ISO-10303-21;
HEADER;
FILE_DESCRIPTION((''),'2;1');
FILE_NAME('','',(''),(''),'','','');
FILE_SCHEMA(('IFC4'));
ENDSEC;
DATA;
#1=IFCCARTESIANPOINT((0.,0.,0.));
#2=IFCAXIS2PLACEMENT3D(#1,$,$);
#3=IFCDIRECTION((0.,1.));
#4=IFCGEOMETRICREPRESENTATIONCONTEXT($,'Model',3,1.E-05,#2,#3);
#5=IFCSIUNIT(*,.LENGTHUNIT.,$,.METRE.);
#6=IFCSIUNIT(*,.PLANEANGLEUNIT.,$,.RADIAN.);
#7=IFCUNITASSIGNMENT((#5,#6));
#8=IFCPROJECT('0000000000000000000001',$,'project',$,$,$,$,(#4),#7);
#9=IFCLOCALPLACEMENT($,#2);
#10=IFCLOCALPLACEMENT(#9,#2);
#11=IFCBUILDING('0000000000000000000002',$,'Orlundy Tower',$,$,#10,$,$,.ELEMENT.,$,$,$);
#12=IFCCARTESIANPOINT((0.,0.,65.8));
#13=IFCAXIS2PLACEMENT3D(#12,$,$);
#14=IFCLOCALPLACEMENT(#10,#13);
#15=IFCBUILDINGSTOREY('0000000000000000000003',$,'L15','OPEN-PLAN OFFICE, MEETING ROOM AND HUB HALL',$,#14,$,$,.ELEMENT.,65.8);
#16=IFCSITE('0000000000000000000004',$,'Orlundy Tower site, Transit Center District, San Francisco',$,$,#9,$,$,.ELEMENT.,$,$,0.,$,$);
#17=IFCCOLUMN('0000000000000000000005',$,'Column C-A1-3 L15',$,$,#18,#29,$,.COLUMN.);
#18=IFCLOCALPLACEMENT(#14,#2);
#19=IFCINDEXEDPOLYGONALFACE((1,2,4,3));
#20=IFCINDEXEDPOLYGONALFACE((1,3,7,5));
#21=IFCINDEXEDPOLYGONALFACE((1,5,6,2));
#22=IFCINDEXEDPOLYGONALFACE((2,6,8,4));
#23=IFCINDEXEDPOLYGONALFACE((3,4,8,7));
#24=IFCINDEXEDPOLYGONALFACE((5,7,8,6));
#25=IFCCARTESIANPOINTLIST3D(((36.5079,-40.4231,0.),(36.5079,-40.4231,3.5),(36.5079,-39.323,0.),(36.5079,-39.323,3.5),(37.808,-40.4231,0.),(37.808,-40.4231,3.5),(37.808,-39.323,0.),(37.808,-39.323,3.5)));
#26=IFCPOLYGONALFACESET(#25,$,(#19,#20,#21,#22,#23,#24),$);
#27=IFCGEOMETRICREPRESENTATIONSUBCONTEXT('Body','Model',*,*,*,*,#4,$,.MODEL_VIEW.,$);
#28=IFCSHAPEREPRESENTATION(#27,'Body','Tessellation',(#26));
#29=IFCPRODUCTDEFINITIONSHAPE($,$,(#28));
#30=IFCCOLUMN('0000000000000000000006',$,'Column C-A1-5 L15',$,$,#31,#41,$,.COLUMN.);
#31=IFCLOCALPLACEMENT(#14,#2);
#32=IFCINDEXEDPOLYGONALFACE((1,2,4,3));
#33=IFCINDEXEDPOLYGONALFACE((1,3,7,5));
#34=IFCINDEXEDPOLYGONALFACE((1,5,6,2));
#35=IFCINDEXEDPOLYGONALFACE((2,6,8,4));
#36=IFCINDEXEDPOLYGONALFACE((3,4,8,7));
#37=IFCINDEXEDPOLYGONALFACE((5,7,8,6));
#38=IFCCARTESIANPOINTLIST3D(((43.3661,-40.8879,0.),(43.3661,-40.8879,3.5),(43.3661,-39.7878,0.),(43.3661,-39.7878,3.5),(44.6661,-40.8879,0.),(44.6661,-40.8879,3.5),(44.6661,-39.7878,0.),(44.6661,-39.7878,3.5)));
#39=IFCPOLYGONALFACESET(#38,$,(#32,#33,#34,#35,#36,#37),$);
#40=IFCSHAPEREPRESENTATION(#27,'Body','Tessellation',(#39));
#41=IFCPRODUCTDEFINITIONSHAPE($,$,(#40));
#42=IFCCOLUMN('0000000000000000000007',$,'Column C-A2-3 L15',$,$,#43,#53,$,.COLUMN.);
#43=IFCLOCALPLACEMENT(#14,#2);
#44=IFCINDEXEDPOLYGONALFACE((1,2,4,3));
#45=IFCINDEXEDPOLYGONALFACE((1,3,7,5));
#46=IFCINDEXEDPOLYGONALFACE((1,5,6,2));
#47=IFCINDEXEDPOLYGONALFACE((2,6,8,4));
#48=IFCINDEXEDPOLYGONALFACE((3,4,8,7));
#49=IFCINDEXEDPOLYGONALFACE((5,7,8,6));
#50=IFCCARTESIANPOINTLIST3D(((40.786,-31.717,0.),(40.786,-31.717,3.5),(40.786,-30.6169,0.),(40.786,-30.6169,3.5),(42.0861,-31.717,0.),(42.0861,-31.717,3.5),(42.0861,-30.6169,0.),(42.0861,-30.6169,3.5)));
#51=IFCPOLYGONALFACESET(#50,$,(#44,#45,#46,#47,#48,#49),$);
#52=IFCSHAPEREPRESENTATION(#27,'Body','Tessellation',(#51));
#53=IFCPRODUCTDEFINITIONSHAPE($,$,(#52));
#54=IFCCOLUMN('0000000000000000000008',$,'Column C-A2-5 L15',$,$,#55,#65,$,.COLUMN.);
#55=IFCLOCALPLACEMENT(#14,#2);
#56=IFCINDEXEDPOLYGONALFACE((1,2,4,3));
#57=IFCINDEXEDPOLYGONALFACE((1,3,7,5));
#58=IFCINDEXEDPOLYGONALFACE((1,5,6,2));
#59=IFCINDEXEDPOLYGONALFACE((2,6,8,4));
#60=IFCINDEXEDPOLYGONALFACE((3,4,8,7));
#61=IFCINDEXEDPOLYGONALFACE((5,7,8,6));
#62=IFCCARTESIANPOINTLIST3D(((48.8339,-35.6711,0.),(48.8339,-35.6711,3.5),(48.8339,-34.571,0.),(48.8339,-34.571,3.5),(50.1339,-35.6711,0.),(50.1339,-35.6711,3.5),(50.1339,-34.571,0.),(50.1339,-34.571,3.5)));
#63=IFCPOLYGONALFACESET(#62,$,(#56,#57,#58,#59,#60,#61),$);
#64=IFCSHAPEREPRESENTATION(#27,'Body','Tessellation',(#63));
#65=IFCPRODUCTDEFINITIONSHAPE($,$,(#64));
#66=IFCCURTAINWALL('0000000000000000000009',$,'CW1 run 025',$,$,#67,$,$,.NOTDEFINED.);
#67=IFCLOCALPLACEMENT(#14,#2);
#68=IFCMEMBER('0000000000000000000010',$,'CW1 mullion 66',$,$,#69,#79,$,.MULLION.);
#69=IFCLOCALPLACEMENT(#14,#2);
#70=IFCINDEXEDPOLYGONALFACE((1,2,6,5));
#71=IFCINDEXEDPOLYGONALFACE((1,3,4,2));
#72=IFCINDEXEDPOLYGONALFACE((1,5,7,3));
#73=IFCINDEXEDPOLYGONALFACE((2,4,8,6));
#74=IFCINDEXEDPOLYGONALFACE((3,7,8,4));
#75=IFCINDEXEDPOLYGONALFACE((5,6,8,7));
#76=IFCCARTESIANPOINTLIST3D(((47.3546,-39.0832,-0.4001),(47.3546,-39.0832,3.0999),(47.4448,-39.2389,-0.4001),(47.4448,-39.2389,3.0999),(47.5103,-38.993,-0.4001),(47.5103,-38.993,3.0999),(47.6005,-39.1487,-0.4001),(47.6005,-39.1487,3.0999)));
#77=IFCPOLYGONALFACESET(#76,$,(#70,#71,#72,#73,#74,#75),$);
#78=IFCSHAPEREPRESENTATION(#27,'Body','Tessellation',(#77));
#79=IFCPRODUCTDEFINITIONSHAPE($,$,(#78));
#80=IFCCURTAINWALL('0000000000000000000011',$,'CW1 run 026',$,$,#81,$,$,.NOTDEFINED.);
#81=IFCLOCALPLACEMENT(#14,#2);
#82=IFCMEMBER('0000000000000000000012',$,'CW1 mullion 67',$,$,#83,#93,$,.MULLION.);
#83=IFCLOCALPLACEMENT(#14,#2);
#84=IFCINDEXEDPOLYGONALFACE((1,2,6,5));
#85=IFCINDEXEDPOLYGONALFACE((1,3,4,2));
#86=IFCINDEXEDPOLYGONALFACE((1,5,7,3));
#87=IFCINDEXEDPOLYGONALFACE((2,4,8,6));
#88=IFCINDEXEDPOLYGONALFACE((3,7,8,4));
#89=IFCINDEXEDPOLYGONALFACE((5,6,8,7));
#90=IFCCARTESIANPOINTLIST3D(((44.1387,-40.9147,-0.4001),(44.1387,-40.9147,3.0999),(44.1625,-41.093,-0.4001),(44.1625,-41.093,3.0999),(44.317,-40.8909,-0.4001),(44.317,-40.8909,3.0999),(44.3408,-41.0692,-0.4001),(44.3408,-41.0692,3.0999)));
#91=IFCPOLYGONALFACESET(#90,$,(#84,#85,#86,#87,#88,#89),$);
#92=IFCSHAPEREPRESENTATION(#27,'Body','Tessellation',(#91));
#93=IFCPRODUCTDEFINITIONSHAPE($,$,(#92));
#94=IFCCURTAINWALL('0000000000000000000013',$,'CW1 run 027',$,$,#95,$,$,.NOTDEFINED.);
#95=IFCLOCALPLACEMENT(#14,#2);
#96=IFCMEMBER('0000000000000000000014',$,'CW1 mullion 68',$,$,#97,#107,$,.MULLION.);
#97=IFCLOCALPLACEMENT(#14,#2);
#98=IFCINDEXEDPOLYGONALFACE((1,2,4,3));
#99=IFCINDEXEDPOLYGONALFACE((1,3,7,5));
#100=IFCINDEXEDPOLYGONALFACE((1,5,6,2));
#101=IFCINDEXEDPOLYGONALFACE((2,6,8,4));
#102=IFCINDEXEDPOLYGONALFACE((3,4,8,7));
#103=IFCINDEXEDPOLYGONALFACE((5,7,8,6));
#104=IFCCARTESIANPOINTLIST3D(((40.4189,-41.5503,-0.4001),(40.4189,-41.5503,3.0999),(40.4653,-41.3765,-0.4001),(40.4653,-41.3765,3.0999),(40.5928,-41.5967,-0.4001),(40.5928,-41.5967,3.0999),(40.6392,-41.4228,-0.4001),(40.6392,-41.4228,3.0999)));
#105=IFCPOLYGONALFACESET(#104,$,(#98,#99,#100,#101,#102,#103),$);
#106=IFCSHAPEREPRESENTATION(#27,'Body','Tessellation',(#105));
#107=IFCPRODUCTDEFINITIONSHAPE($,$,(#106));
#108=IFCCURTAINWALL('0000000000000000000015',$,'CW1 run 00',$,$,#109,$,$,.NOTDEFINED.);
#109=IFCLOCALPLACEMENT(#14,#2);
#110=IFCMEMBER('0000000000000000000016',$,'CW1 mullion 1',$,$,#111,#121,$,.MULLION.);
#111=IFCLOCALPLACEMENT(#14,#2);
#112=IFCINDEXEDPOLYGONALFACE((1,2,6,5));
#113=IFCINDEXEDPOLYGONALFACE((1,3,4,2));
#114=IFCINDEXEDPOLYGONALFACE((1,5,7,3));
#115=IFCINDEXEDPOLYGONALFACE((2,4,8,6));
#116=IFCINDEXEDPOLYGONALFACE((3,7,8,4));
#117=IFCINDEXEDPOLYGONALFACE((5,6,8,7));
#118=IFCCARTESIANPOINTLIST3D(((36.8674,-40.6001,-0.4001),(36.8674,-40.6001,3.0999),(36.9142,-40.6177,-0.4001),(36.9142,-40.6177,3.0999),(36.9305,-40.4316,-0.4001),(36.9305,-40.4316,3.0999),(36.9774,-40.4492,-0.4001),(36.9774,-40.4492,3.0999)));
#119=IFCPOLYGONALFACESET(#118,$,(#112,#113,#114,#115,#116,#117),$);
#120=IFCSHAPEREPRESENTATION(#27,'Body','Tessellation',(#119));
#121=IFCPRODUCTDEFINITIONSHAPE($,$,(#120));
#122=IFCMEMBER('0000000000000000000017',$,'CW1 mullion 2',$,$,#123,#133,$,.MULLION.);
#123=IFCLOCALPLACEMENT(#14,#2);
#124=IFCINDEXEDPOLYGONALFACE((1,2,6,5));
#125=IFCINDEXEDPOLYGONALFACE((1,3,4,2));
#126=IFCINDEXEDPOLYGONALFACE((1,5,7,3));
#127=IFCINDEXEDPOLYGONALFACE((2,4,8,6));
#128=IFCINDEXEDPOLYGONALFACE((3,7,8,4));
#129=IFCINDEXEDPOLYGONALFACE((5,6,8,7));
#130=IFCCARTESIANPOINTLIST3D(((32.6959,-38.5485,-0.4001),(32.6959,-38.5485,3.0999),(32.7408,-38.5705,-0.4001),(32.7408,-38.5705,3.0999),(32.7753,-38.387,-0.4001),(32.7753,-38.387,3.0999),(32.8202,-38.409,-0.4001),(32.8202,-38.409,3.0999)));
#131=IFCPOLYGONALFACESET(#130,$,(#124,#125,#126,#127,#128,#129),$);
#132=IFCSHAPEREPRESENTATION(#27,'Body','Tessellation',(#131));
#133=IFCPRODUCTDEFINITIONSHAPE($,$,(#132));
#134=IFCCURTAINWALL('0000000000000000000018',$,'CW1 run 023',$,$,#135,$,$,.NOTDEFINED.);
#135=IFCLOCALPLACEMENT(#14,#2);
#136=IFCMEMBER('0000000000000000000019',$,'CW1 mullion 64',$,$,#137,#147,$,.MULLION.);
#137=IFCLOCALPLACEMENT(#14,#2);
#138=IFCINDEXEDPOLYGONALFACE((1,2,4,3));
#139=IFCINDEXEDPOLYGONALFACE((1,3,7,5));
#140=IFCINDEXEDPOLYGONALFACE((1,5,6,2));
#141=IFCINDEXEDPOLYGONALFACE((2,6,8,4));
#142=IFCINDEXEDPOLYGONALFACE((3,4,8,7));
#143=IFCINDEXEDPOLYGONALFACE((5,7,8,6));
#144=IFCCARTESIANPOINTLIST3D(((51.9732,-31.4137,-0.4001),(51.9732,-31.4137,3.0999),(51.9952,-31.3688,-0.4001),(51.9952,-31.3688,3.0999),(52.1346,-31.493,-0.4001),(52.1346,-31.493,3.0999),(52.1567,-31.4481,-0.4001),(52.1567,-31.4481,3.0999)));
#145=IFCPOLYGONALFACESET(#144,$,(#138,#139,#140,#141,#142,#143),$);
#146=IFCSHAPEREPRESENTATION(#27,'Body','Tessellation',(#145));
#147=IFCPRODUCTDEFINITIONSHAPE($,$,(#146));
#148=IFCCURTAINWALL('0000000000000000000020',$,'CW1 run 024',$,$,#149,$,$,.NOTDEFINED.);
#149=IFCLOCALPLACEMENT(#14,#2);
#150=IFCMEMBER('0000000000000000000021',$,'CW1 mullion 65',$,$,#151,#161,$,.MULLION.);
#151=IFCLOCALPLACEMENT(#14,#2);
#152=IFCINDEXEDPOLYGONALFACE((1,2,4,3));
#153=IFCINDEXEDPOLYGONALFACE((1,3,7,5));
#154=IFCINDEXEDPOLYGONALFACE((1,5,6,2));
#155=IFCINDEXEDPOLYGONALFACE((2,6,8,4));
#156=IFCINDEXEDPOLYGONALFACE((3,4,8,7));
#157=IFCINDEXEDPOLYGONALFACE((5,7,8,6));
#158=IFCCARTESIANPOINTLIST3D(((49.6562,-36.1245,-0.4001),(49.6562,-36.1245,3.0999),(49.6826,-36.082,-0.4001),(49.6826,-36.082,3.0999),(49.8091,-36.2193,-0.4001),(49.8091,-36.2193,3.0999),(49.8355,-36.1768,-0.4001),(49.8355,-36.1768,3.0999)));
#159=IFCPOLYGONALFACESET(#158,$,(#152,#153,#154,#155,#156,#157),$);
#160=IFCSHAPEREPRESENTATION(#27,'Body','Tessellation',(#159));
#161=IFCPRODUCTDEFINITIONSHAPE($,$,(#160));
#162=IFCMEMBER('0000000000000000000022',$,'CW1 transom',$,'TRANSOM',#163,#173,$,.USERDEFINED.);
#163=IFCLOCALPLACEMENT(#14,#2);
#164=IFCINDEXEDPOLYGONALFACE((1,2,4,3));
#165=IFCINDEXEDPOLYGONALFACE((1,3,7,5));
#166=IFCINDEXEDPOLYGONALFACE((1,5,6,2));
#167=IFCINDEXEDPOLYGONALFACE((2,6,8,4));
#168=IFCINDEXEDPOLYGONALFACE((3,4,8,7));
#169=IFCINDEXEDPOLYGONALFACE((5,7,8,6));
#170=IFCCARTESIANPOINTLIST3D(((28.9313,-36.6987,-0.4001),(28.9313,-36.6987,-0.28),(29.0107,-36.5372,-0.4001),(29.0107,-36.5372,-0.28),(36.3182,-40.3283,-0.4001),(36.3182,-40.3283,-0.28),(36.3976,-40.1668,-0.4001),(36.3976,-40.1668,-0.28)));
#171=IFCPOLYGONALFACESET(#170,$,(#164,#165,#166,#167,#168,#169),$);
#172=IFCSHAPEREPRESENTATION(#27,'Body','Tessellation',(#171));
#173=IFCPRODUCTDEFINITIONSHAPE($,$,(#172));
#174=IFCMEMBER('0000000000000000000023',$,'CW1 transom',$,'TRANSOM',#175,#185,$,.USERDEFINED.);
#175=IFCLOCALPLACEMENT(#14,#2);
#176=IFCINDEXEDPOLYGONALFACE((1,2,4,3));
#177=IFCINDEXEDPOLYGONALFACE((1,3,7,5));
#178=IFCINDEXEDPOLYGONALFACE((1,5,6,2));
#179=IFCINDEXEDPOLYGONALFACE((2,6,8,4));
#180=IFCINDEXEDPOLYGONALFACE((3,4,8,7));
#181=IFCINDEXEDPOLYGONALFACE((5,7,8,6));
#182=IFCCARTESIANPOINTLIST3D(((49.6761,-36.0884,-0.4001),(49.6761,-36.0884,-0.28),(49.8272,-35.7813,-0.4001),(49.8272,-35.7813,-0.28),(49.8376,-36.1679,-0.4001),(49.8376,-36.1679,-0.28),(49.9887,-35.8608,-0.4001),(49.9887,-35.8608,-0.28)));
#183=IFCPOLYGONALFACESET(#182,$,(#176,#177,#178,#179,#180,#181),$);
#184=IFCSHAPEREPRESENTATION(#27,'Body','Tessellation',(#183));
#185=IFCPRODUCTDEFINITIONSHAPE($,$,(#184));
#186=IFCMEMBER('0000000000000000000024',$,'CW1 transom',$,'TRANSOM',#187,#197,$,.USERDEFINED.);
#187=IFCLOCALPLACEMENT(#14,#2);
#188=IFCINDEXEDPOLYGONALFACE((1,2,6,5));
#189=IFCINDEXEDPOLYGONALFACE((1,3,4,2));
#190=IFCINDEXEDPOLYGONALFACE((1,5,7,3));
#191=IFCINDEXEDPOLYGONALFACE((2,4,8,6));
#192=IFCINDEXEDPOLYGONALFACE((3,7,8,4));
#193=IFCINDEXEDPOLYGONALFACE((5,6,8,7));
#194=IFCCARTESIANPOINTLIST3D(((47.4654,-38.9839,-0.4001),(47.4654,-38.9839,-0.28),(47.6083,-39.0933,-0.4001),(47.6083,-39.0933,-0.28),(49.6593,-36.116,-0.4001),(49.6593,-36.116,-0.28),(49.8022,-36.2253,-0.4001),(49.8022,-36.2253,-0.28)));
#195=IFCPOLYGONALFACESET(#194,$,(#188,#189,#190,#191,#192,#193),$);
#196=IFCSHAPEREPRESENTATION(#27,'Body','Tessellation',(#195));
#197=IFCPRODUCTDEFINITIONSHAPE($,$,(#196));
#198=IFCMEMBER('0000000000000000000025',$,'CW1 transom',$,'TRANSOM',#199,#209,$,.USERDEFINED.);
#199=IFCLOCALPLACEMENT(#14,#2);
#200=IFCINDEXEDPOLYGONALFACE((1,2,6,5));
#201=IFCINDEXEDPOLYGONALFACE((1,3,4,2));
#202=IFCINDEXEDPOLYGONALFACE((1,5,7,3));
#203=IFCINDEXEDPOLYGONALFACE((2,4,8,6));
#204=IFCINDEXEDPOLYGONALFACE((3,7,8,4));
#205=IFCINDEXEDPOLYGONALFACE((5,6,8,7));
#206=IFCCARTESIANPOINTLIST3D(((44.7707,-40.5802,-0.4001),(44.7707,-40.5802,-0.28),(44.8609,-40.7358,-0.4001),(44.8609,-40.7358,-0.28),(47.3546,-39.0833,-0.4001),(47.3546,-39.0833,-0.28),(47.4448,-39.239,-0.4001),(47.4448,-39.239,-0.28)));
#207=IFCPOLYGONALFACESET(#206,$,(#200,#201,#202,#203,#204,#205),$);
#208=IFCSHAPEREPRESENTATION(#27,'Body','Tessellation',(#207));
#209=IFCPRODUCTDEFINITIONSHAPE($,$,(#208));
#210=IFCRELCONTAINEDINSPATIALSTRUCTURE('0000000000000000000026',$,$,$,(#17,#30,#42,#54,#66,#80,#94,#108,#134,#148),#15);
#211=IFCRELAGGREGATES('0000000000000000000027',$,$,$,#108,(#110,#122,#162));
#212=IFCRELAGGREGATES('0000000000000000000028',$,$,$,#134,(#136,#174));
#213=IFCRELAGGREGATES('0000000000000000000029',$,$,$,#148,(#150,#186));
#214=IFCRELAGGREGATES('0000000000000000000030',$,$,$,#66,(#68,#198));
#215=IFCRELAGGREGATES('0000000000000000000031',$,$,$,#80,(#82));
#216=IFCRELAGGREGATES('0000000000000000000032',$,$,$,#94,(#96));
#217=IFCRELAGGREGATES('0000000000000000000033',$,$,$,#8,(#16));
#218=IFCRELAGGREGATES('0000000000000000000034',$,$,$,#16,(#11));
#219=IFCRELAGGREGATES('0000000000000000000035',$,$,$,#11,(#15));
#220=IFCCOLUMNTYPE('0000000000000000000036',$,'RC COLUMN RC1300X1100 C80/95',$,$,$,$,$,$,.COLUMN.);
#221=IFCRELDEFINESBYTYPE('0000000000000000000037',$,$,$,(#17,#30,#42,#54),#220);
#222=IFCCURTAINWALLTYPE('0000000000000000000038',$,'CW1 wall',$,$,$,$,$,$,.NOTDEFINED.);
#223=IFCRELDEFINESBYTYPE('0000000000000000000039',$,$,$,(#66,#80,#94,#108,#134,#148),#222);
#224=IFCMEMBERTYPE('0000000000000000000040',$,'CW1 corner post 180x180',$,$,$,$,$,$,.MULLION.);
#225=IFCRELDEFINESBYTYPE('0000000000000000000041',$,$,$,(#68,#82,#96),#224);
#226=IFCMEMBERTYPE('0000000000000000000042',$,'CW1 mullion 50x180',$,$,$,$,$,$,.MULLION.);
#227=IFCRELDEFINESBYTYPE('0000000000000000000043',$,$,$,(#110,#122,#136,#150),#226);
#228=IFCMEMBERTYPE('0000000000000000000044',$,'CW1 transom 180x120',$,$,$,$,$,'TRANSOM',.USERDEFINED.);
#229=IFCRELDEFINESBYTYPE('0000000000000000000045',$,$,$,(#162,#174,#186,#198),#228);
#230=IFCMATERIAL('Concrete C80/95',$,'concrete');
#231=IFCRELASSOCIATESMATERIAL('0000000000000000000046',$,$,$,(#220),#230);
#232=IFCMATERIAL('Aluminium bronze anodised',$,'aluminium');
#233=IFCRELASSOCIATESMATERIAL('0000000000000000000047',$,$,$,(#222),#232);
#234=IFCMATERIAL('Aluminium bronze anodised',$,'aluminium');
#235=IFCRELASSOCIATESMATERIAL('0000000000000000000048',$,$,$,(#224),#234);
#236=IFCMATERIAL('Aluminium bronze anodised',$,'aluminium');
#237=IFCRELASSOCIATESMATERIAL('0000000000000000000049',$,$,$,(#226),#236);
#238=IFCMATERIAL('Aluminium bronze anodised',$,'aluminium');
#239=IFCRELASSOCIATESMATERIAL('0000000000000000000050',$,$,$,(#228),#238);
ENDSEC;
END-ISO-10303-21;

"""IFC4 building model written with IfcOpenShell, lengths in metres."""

from ifc_helpers import new_model, si_unit, direction, frame, origin, origin_2d, place, context, subcontext, project, spatial, rectangle, extrude, material, material_profile, profile_set, type_object, element, aggregate, save


model = new_model("IFC4")

# Units and contexts
model_context = context("Model", 3, precision=1e-05, world=origin(), true_north=direction((0.0, 1.0)))
body_context = subcontext(model_context, "Body", "Model", "MODEL_VIEW")
ifc_project = project(units=[si_unit("LENGTHUNIT", "METRE"), si_unit("PLANEANGLEUNIT", "RADIAN")], contexts=[model_context])

# Site, building, storey
site_placement = place(None, origin())
site = spatial("IfcSite", under=ifc_project, at=site_placement, Name="Orlundy Tower site, Transit Center District, San Francisco", CompositionType="ELEMENT", RefElevation=0.0)
building_placement = place(site_placement, origin())
building = spatial("IfcBuilding", under=site, at=building_placement, Name="Orlundy Tower", CompositionType="ELEMENT")
storey_placement = place(building_placement, frame((0.0, 0.0, 65.8)))
storey = spatial("IfcBuildingStorey", under=building, at=storey_placement, Name="L15", Description="OPEN-PLAN OFFICE, MEETING ROOM AND HUB HALL", CompositionType="ELEMENT", Elevation=65.8)

# Columns
ifc_material_1 = material(Name="Concrete C80/95", Category="concrete")
ifc_material_profile_1 = material_profile(ifc_material_1, rectangle(XDim=1.3, YDim=1.1001, at=origin_2d()), Name="RC1300X1100")
ifc_profile_set_1 = profile_set([ifc_material_profile_1], Name="Concrete C80/95")
column_type = type_object("IfcColumnType", Name="RC COLUMN RC1300X1100 C80/95", PredefinedType="COLUMN", material=ifc_profile_set_1)
for number, where, z_axis, x_axis, name in (
    (1, (37.158, -39.873, 0.0), (0.0, 0.0, 1.0), (1.0, 0.0, 0.0), "Column C-A1-3 L15"),
    (2, (44.0161, -40.3379, 0.0), (0.0, 0.0, 1.0), (1.0, 0.0, 0.0), "Column C-A1-5 L15"),
    (3, (41.436, -31.167, 0.0), (0.0, 0.0, 1.0), (1.0, 0.0, 0.0), "Column C-A2-3 L15"),
    (4, (49.4839, -35.1211, 0.0), (0.0, 0.0, 1.0), (1.0, 0.0, 0.0), "Column C-A2-5 L15"),
):
    element("IfcColumn", number, at=place(storey_placement, frame(where, z_axis=z_axis, x_axis=x_axis)), inside=storey, type_object=column_type, Name=name, PredefinedType="COLUMN", context=body_context, shape_type="SweptSolid", body=[
        extrude(rectangle(XDim=1.3, YDim=1.1001, at=origin_2d()), origin(), (0.0, 0.0, 1.0), 3.5),
    ])

# Curtain walls, members
ifc_material_2 = material(Name="Aluminium bronze anodised", Category="aluminium")
curtain_wall_type = type_object("IfcCurtainWallType", Name="CW1 wall", PredefinedType="NOTDEFINED", material=ifc_material_2)
curtain_wall_1_placement = place(storey_placement, origin())
curtain_wall_1 = element("IfcCurtainWall", 5, at=curtain_wall_1_placement, inside=storey, type_object=curtain_wall_type, Name="CW1 run 025", PredefinedType="NOTDEFINED")
ifc_material_3 = material(Name="Aluminium bronze anodised", Category="aluminium")
ifc_material_profile_2 = material_profile(ifc_material_3, rectangle(XDim=0.1799, YDim=0.1799, at=origin_2d()), Name="CW1 corner post 180x180")
ifc_profile_set_2 = profile_set([ifc_material_profile_2], Name="Aluminium bronze anodised")
member_type_1 = type_object("IfcMemberType", Name="CW1 corner post 180x180", PredefinedType="MULLION", material=ifc_profile_set_2)
member_1_placement = place(storey_placement, frame((47.4775, -39.116, -0.4001), z_axis=(0.0, 0.0, 1.0), x_axis=(0.501302, -0.865272, 0.0)))
member_1 = element("IfcMember", 6, at=member_1_placement, type_object=member_type_1, Name="CW1 mullion 66", PredefinedType="MULLION", context=body_context, shape_type="SweptSolid", body=[
    extrude(rectangle(XDim=0.1799, YDim=0.1799, at=origin_2d()), origin(), (0.0, 0.0, 1.0), 3.5),
])
curtain_wall_2_placement = place(storey_placement, origin())
curtain_wall_2 = element("IfcCurtainWall", 7, at=curtain_wall_2_placement, inside=storey, type_object=curtain_wall_type, Name="CW1 run 026", PredefinedType="NOTDEFINED")
member_2_placement = place(storey_placement, frame((44.2397, -40.9919, -0.4001), z_axis=(0.0, 0.0, 1.0), x_axis=(0.132164, -0.991228, 0.0)))
member_2 = element("IfcMember", 8, at=member_2_placement, type_object=member_type_1, Name="CW1 mullion 67", PredefinedType="MULLION", context=body_context, shape_type="SweptSolid", body=[
    extrude(rectangle(XDim=0.1799, YDim=0.1799, at=origin_2d()), origin(), (0.0, 0.0, 1.0), 3.5),
])
curtain_wall_3_placement = place(storey_placement, origin())
curtain_wall_3 = element("IfcCurtainWall", 9, at=curtain_wall_3_placement, inside=storey, type_object=curtain_wall_type, Name="CW1 run 027", PredefinedType="NOTDEFINED")
member_3_placement = place(storey_placement, frame((40.5291, -41.4866, -0.4001), z_axis=(0.0, 0.0, 1.0), x_axis=(-0.257679, -0.96623, 0.0)))
member_3 = element("IfcMember", 10, at=member_3_placement, type_object=member_type_1, Name="CW1 mullion 68", PredefinedType="MULLION", context=body_context, shape_type="SweptSolid", body=[
    extrude(rectangle(XDim=0.1799, YDim=0.1799, at=origin_2d()), origin(), (0.0, 0.0, 1.0), 3.5),
])

# Curtain wall, members
curtain_wall_4_placement = place(storey_placement, origin())
curtain_wall_4 = element("IfcCurtainWall", 11, at=curtain_wall_4_placement, inside=storey, type_object=curtain_wall_type, Name="CW1 run 00", PredefinedType="NOTDEFINED")
ifc_material_4 = material(Name="Aluminium bronze anodised", Category="aluminium")
ifc_material_profile_3 = material_profile(ifc_material_4, rectangle(XDim=0.1799, YDim=0.05, at=origin_2d()), Name="CW1 mullion 50x180")
ifc_profile_set_3 = profile_set([ifc_material_profile_3], Name="Aluminium bronze anodised")
member_type_2 = type_object("IfcMemberType", Name="CW1 mullion 50x180", PredefinedType="MULLION", material=ifc_profile_set_3)
member_4_placement = place(storey_placement, frame((36.9224, -40.5247, -0.4001), z_axis=(0.0, 0.0, 1.0), x_axis=(-0.351009, -0.936372, 0.0)))
member_4 = element("IfcMember", 12, at=member_4_placement, type_object=member_type_2, Name="CW1 mullion 1", PredefinedType="MULLION", context=body_context, shape_type="SweptSolid", body=[
    extrude(rectangle(XDim=0.1799, YDim=0.05, at=origin_2d()), origin(), (0.0, 0.0, 1.0), 3.5),
])
member_5_placement = place(storey_placement, frame((32.7581, -38.4788, -0.4001), z_axis=(0.0, 0.0, 1.0), x_axis=(-0.440969, -0.897522, 0.0)))
member_5 = element("IfcMember", 13, at=member_5_placement, type_object=member_type_2, Name="CW1 mullion 2", PredefinedType="MULLION", context=body_context, shape_type="SweptSolid", body=[
    extrude(rectangle(XDim=0.1799, YDim=0.05, at=origin_2d()), origin(), (0.0, 0.0, 1.0), 3.5),
])

# Curtain walls, members
curtain_wall_5_placement = place(storey_placement, origin())
curtain_wall_5 = element("IfcCurtainWall", 14, at=curtain_wall_5_placement, inside=storey, type_object=curtain_wall_type, Name="CW1 run 023", PredefinedType="NOTDEFINED")
member_6_placement = place(storey_placement, frame((52.0649, -31.4309, -0.4001), z_axis=(0.0, 0.0, 1.0), x_axis=(0.897501, -0.441012, 0.0)))
member_6 = element("IfcMember", 15, at=member_6_placement, type_object=member_type_2, Name="CW1 mullion 64", PredefinedType="MULLION", context=body_context, shape_type="SweptSolid", body=[
    extrude(rectangle(XDim=0.1799, YDim=0.05, at=origin_2d()), origin(), (0.0, 0.0, 1.0), 3.5),
])
curtain_wall_6_placement = place(storey_placement, origin())
curtain_wall_6 = element("IfcCurtainWall", 16, at=curtain_wall_6_placement, inside=storey, type_object=curtain_wall_type, Name="CW1 run 024", PredefinedType="NOTDEFINED")
member_7_placement = place(storey_placement, frame((49.7458, -36.1506, -0.4001), z_axis=(0.0, 0.0, 1.0), x_axis=(0.849973, -0.526826, 0.0)))
member_7 = element("IfcMember", 17, at=member_7_placement, type_object=member_type_2, Name="CW1 mullion 65", PredefinedType="MULLION", context=body_context, shape_type="SweptSolid", body=[
    extrude(rectangle(XDim=0.1799, YDim=0.05, at=origin_2d()), origin(), (0.0, 0.0, 1.0), 3.5),
])

# Members
ifc_material_5 = material(Name="Aluminium bronze anodised", Category="aluminium")
ifc_material_profile_4 = material_profile(ifc_material_5, rectangle(XDim=0.1799, YDim=0.1201, at=origin_2d()), Name="CW1 transom 180x120")
ifc_profile_set_4 = profile_set([ifc_material_profile_4], Name="Aluminium bronze anodised")
member_type_3 = type_object("IfcMemberType", Name="CW1 transom 180x120", ElementType="TRANSOM", PredefinedType="USERDEFINED", material=ifc_profile_set_4)
member_8_placement = place(storey_placement, frame((36.3579, -40.2476, -0.3401), z_axis=(-0.897508, 0.440997, 0.0), x_axis=(-0.440997, -0.897508, 0.0)))
member_8 = element("IfcMember", 18, at=member_8_placement, type_object=member_type_3, Name="CW1 transom", ObjectType="TRANSOM", PredefinedType="USERDEFINED", context=body_context, shape_type="SweptSolid", body=[
    extrude(rectangle(XDim=0.1799, YDim=0.1201, at=origin_2d()), origin(), (0.0, 0.0, 1.0), 8.2305),
])
member_9_placement = place(storey_placement, frame((49.908, -35.821, -0.3401), z_axis=(-0.441499, -0.897262, 0.0), x_axis=(0.897262, -0.441499, 0.0)))
member_9 = element("IfcMember", 19, at=member_9_placement, type_object=member_type_3, Name="CW1 transom", ObjectType="TRANSOM", PredefinedType="USERDEFINED", context=body_context, shape_type="SweptSolid", body=[
    extrude(rectangle(XDim=0.1799, YDim=0.1201, at=origin_2d()), origin(), (0.0, 0.0, 1.0), 0.3423),
])
member_10_placement = place(storey_placement, frame((49.7307, -36.1707, -0.3401), z_axis=(-0.607578, -0.79426, 0.0), x_axis=(0.79426, -0.607578, 0.0)))
member_10 = element("IfcMember", 20, at=member_10_placement, type_object=member_type_3, Name="CW1 transom", ObjectType="TRANSOM", PredefinedType="USERDEFINED", context=body_context, shape_type="SweptSolid", body=[
    extrude(rectangle(XDim=0.1799, YDim=0.1201, at=origin_2d()), origin(), (0.0, 0.0, 1.0), 3.6108),
])
member_11_placement = place(storey_placement, frame((47.3997, -39.1611, -0.3401), z_axis=(-0.865284, -0.501281, 0.0), x_axis=(0.501281, -0.865284, 0.0)))
member_11 = element("IfcMember", 21, at=member_11_placement, type_object=member_type_3, Name="CW1 transom", ObjectType="TRANSOM", PredefinedType="USERDEFINED", context=body_context, shape_type="SweptSolid", body=[
    extrude(rectangle(XDim=0.1799, YDim=0.1201, at=origin_2d()), origin(), (0.0, 0.0, 1.0), 2.9861),
])

aggregate(curtain_wall_4, [member_4, member_5, member_8])
aggregate(curtain_wall_5, [member_6, member_9])
aggregate(curtain_wall_6, [member_7, member_10])
aggregate(curtain_wall_1, [member_1, member_11])
aggregate(curtain_wall_2, [member_2])
aggregate(curtain_wall_3, [member_3])

save(model, "model.ifc")
